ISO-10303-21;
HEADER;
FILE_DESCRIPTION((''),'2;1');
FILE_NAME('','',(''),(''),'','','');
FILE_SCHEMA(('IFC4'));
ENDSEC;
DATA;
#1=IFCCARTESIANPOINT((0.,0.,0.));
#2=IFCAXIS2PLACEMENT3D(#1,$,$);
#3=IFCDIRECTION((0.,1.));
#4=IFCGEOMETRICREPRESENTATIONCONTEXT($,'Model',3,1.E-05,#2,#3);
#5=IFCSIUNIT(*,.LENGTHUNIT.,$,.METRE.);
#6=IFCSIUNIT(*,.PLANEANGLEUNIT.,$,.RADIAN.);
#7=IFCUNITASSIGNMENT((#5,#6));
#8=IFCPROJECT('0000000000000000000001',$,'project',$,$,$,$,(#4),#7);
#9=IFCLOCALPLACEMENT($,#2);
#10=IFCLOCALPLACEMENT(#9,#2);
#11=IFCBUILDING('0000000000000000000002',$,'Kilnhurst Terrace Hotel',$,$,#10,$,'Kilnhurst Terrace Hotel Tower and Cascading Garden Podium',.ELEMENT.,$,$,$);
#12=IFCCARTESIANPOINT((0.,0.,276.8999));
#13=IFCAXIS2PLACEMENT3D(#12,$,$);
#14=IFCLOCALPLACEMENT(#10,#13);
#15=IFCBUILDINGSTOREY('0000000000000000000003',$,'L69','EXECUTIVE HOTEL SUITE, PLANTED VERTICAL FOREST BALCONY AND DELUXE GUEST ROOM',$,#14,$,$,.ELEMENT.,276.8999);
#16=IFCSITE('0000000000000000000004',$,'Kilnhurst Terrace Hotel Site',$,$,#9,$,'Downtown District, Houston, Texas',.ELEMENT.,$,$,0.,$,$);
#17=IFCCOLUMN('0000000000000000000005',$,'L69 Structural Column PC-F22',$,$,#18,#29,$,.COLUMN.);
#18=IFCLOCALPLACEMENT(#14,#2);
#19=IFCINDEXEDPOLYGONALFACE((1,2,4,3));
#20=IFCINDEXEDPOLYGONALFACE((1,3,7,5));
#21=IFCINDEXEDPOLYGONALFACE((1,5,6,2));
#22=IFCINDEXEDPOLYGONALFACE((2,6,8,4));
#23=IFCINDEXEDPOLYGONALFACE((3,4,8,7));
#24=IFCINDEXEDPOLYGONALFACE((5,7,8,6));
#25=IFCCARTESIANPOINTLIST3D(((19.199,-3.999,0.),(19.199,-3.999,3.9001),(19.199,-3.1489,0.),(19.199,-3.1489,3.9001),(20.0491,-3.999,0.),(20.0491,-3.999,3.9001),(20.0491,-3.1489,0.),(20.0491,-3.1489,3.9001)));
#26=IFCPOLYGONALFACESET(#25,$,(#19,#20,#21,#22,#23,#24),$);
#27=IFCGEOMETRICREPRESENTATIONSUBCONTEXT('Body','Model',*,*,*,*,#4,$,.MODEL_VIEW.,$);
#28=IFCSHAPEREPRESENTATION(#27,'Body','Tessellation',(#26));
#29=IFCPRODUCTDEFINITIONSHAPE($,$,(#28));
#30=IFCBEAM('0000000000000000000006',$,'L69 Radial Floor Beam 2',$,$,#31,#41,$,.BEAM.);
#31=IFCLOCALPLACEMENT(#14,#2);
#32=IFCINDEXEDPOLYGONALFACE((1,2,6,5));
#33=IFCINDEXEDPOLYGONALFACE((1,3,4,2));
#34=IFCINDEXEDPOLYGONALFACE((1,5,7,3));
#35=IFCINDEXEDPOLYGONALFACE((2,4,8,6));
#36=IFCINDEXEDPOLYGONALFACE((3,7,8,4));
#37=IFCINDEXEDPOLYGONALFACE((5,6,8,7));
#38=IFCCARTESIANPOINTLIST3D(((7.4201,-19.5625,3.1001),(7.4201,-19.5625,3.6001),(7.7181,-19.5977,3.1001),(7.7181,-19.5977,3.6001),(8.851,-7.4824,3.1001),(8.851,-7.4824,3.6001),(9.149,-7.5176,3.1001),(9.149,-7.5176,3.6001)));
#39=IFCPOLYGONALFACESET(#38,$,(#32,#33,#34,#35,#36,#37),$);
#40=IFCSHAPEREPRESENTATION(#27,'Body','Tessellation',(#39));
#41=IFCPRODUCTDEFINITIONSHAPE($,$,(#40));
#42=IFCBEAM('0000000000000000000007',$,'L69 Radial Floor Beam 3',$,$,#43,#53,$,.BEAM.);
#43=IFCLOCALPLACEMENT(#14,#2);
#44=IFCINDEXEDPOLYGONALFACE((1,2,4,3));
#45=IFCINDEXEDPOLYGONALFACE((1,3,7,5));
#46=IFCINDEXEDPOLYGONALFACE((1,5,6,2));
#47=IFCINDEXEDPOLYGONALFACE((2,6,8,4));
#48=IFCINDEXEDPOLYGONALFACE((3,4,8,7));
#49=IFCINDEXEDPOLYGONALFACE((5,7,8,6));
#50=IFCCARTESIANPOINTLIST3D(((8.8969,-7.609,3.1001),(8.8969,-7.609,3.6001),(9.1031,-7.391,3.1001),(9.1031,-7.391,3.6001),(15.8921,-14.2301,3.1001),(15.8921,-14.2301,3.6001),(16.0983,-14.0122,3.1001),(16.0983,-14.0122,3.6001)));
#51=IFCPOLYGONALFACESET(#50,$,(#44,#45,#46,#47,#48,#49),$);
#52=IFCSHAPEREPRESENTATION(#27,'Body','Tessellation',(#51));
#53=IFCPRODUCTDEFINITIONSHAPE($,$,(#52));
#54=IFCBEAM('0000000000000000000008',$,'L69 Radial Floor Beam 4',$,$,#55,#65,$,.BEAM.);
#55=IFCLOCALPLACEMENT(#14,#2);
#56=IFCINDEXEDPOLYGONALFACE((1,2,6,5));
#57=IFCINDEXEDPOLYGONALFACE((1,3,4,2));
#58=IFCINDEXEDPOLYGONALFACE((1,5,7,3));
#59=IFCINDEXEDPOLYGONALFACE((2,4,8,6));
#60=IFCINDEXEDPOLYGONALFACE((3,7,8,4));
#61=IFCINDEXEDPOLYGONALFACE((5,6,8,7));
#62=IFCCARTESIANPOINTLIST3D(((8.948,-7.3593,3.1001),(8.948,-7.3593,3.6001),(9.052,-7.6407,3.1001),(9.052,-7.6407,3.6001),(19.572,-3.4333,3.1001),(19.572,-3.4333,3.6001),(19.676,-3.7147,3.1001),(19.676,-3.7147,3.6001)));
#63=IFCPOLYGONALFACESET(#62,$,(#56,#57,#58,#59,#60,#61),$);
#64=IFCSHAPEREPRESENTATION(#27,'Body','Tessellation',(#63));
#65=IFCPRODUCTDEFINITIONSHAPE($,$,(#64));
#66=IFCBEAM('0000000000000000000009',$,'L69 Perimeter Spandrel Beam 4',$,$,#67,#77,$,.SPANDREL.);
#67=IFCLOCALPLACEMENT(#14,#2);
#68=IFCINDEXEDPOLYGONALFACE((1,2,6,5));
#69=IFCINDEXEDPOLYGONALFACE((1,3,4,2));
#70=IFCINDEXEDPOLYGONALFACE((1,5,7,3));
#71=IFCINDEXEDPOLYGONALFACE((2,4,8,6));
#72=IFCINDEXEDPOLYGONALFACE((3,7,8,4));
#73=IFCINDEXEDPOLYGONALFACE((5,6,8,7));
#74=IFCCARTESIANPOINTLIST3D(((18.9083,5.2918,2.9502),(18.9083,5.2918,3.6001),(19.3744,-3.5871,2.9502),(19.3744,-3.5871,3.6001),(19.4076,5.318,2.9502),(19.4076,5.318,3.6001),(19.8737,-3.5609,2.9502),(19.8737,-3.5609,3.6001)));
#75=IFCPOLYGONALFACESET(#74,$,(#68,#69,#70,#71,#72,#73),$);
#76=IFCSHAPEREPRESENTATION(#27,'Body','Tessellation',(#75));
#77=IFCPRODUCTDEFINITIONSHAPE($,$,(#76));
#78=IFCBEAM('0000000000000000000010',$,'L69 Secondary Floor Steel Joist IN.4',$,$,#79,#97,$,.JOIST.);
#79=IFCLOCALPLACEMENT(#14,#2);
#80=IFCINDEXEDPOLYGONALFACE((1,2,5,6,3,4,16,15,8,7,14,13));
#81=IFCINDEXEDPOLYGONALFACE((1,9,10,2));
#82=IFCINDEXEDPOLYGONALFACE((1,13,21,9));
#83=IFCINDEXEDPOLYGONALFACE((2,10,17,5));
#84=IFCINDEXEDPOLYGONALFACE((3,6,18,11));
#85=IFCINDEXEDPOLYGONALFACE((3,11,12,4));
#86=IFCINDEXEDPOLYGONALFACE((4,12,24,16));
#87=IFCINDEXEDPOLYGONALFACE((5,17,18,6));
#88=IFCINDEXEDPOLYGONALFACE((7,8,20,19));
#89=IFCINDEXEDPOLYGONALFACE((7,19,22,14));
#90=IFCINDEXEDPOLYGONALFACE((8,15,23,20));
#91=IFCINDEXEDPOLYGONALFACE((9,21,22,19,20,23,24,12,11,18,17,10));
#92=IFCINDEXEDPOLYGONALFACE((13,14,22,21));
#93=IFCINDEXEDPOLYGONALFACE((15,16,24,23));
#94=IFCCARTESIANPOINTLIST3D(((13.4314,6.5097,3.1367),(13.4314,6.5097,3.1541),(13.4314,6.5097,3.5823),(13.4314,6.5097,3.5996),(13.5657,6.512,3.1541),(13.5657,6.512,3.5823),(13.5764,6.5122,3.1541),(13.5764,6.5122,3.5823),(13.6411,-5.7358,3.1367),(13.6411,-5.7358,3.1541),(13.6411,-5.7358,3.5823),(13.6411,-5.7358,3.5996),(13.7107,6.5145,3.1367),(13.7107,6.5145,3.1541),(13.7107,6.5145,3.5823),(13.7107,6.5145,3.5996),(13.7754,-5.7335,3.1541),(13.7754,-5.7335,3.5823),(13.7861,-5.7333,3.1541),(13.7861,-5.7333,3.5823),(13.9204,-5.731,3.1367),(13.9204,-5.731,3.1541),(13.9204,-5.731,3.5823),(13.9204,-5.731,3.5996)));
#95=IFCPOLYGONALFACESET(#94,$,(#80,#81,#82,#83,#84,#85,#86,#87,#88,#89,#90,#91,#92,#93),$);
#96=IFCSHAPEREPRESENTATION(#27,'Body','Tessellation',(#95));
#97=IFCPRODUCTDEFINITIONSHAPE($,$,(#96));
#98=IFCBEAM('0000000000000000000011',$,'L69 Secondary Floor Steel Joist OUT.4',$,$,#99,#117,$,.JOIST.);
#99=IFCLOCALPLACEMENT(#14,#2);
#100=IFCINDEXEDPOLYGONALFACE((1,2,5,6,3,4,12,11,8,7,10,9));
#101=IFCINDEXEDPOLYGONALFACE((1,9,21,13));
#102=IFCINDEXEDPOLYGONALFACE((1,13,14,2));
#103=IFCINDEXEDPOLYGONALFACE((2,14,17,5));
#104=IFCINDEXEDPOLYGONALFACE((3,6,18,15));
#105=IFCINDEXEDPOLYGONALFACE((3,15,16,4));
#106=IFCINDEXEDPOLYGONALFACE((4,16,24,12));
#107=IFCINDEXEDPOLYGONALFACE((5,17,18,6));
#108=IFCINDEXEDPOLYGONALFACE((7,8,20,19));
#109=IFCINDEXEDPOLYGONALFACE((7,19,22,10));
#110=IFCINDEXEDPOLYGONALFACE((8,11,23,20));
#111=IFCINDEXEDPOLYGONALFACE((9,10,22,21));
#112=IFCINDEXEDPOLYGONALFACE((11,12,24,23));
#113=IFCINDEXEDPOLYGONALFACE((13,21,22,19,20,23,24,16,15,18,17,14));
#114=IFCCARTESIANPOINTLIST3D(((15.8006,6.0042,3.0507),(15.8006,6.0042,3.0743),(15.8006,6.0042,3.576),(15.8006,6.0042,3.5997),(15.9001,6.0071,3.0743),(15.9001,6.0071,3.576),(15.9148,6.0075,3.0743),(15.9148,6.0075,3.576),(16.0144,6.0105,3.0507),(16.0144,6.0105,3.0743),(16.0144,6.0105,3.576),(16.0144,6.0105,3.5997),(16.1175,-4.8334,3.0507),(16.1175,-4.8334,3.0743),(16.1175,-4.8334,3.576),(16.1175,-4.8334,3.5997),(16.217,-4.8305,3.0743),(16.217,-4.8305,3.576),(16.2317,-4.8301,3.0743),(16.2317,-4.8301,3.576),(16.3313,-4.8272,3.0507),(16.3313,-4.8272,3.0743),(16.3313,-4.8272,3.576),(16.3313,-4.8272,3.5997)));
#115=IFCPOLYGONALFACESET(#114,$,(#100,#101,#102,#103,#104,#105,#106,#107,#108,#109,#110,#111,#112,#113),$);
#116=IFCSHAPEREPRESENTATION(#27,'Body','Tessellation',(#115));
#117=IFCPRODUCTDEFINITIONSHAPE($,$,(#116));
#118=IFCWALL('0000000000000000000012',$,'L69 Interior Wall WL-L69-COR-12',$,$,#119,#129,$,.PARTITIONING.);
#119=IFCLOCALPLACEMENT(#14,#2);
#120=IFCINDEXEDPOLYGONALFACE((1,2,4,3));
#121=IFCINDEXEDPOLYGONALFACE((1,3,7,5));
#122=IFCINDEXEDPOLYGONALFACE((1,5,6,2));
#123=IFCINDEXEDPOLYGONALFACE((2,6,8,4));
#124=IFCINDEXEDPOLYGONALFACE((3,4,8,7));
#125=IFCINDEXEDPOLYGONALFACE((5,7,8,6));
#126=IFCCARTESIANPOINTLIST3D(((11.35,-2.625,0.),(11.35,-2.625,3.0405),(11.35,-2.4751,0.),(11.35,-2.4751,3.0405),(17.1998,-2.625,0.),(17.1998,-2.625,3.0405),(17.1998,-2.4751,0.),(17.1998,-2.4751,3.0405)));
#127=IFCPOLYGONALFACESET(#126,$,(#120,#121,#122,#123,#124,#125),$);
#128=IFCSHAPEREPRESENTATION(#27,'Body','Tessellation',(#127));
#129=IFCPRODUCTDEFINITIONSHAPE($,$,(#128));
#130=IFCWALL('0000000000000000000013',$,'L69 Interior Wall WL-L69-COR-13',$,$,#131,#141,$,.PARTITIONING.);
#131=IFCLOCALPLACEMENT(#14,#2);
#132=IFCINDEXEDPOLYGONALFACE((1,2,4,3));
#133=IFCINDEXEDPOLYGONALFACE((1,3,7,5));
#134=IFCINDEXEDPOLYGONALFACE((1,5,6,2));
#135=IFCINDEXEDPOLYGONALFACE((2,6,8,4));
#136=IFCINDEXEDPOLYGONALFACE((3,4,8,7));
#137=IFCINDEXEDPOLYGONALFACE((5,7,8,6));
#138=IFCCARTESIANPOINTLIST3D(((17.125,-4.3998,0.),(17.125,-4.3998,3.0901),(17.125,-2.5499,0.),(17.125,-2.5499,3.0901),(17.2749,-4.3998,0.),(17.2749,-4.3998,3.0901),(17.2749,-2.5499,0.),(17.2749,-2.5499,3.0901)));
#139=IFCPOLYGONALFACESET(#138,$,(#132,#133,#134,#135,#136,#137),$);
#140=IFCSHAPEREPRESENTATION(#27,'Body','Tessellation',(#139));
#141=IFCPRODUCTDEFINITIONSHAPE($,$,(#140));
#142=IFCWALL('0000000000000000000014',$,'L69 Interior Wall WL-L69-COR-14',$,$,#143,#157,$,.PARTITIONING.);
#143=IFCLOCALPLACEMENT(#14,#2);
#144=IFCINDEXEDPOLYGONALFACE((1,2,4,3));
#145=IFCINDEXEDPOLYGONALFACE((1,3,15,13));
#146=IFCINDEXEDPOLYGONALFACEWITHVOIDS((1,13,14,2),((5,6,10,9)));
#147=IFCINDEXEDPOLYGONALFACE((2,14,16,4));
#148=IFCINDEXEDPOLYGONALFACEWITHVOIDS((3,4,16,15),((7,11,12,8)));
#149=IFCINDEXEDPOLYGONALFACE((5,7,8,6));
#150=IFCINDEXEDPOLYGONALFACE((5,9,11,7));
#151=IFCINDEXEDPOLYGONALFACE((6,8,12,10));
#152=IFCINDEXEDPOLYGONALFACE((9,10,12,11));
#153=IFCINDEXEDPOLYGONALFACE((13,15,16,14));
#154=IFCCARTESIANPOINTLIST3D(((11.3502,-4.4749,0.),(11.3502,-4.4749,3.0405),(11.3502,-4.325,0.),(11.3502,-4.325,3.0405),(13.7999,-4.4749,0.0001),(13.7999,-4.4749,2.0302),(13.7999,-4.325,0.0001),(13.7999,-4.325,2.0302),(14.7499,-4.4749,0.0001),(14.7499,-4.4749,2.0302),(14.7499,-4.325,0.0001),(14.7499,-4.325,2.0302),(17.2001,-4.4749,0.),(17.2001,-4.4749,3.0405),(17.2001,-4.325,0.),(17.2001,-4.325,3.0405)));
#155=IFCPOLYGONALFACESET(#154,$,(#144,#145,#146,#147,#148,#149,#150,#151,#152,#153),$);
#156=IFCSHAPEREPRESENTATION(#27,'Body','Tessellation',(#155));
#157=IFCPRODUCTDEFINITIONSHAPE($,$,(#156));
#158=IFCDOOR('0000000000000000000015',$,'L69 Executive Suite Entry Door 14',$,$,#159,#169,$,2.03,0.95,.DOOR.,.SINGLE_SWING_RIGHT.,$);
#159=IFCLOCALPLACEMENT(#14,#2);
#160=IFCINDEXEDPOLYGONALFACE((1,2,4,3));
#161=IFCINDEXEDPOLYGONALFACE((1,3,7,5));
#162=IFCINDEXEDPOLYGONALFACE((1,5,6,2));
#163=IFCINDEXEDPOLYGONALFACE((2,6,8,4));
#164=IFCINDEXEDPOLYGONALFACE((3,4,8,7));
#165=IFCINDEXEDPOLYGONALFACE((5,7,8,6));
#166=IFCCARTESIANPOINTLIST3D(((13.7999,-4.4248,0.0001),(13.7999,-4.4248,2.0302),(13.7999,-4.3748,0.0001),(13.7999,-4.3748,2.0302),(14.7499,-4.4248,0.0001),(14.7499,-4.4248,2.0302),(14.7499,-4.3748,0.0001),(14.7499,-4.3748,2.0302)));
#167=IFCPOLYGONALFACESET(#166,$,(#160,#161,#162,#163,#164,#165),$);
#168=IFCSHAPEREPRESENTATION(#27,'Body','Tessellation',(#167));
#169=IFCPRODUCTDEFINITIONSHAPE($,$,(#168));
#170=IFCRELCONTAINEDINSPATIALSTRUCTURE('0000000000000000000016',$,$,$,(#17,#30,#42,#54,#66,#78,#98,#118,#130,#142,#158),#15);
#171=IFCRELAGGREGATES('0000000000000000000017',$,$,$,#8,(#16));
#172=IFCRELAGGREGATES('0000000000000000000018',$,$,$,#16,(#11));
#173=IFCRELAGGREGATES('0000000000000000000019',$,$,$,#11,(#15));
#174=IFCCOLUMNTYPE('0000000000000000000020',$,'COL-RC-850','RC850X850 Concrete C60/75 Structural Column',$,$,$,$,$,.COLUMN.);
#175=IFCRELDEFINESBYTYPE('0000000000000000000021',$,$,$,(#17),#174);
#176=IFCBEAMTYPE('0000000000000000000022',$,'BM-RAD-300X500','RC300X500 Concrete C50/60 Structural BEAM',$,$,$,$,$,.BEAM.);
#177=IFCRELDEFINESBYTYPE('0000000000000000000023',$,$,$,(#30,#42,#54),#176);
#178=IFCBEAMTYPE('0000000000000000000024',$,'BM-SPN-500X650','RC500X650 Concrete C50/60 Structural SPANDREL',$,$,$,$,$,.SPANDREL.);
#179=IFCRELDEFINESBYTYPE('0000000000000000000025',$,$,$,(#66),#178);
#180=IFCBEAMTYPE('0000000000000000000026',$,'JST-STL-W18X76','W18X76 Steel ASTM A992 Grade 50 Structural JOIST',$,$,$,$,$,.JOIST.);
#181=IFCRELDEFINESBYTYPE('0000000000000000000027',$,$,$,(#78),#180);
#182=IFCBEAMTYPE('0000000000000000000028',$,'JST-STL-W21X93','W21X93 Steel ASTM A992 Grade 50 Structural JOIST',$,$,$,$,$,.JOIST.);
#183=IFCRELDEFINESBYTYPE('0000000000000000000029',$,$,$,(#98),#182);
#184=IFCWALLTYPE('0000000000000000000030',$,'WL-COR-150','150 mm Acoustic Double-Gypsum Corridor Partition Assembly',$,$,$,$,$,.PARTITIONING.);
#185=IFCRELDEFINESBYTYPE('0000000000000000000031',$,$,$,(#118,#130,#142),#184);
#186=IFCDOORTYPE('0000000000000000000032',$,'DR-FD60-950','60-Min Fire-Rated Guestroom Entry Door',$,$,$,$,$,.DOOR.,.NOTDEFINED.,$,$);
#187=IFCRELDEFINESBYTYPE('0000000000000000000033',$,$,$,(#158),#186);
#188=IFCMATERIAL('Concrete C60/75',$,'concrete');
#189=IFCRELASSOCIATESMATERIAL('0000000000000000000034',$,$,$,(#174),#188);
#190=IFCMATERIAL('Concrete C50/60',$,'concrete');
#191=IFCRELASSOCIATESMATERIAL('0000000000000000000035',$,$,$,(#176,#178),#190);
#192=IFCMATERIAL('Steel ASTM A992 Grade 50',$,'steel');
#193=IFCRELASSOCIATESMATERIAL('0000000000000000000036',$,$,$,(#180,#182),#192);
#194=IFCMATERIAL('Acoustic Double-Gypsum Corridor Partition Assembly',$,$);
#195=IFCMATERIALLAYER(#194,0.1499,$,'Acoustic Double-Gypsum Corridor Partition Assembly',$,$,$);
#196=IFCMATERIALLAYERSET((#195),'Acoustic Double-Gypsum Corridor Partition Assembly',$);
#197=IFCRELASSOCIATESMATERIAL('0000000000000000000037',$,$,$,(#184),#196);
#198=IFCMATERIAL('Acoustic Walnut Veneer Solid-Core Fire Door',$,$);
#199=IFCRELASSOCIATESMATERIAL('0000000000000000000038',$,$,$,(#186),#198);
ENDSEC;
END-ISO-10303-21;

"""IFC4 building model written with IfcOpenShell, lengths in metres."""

from ifc_helpers import new_model, si_unit, direction, frame, frame_2d, origin, origin_2d, place, context, subcontext, project, spatial, rectangle, i_section, extrude, material, layer, layer_set, material_profile, profile_set, type_object, element, fill, save


model = new_model("IFC4")

# Units and contexts
model_context = context("Model", 3, precision=1e-05, world=origin(), true_north=direction((0.0, 1.0)))
body_context = subcontext(model_context, "Body", "Model", "MODEL_VIEW")
ifc_project = project(units=[si_unit("LENGTHUNIT", "METRE"), si_unit("PLANEANGLEUNIT", "RADIAN")], contexts=[model_context])

# Site, building, storey
site_placement = place(None, origin())
site = spatial("IfcSite", under=ifc_project, at=site_placement, Name="Kilnhurst Terrace Hotel Site", LongName="Downtown District, Houston, Texas", CompositionType="ELEMENT", RefElevation=0.0)
building_placement = place(site_placement, origin())
building = spatial("IfcBuilding", under=site, at=building_placement, Name="Kilnhurst Terrace Hotel", LongName="Kilnhurst Terrace Hotel Tower and Cascading Garden Podium", CompositionType="ELEMENT")
storey_placement = place(building_placement, frame((0.0, 0.0, 276.8999)))
storey = spatial("IfcBuildingStorey", under=building, at=storey_placement, Name="L69", Description="EXECUTIVE HOTEL SUITE, PLANTED VERTICAL FOREST BALCONY AND DELUXE GUEST ROOM", CompositionType="ELEMENT", Elevation=276.8999)

# Column
ifc_material_1 = material(Name="Concrete C60/75", Category="concrete")
ifc_material_profile_1 = material_profile(ifc_material_1, rectangle(XDim=0.8501, YDim=0.8501, at=origin_2d()), Name="RC850X850")
ifc_profile_set_1 = profile_set([ifc_material_profile_1], Name="Concrete C60/75")
column_type = type_object("IfcColumnType", Name="COL-RC-850", Description="RC850X850 Concrete C60/75 Structural Column", PredefinedType="COLUMN", material=ifc_profile_set_1)
column_placement = place(storey_placement, frame((19.624, -3.574, 0.0), z_axis=(0.0, 0.0, 1.0), x_axis=(1.0, 0.0, 0.0)))
element("IfcColumn", 1, at=column_placement, inside=storey, type_object=column_type, Name="L69 Structural Column PC-F22", PredefinedType="COLUMN", context=body_context, shape_type="SweptSolid", body=[
    extrude(rectangle(XDim=0.8501, YDim=0.8501, at=origin_2d()), origin(), (0.0, 0.0, 1.0), 3.9001),
])

# Beams
ifc_material_2 = material(Name="Concrete C50/60", Category="concrete")
ifc_material_profile_2 = material_profile(ifc_material_2, rectangle(XDim=0.3, YDim=0.5, at=origin_2d()), Name="RC300X500")
ifc_profile_set_2 = profile_set([ifc_material_profile_2], Name="Concrete C50/60")
beam_type_1 = type_object("IfcBeamType", Name="BM-RAD-300X500", Description="RC300X500 Concrete C50/60 Structural BEAM", PredefinedType="BEAM", material=ifc_profile_set_2)
beam_1_placement = place(storey_placement, frame((9.0, -7.5, 3.3501), z_axis=(-0.11763, -0.993058, 0.0), x_axis=(0.993058, -0.11763, 0.0)))
element("IfcBeam", 2, at=beam_1_placement, inside=storey, type_object=beam_type_1, Name="L69 Radial Floor Beam 2", PredefinedType="BEAM", context=body_context, shape_type="SweptSolid", body=[
    extrude(rectangle(XDim=0.3, YDim=0.5, at=origin_2d()), origin(), (0.0, 0.0, 1.0), 12.1646),
])
beam_2_placement = place(storey_placement, frame((9.0, -7.5, 3.3501), z_axis=(0.726256, -0.687424, 0.0), x_axis=(0.687424, 0.726256, 0.0)))
element("IfcBeam", 3, at=beam_2_placement, inside=storey, type_object=beam_type_1, Name="L69 Radial Floor Beam 3", PredefinedType="BEAM", context=body_context, shape_type="SweptSolid", body=[
    extrude(rectangle(XDim=0.3, YDim=0.5, at=origin_2d()), origin(), (0.0, 0.0, 1.0), 9.6318),
])
beam_3_placement = place(storey_placement, frame((9.0, -7.5, 3.3501), z_axis=(0.938002, 0.346631, 0.0), x_axis=(-0.346631, 0.938002, 0.0)))
element("IfcBeam", 4, at=beam_3_placement, inside=storey, type_object=beam_type_1, Name="L69 Radial Floor Beam 4", PredefinedType="BEAM", context=body_context, shape_type="SweptSolid", body=[
    extrude(rectangle(XDim=0.3, YDim=0.5, at=origin_2d()), origin(), (0.0, 0.0, 1.0), 11.3262),
])
ifc_material_profile_3 = material_profile(ifc_material_2, rectangle(XDim=0.5, YDim=0.6499, at=origin_2d()), Name="RC500X650")
ifc_profile_set_3 = profile_set([ifc_material_profile_3], Name="Concrete C50/60")
beam_type_2 = type_object("IfcBeamType", Name="BM-SPN-500X650", Description="RC500X650 Concrete C50/60 Structural SPANDREL", PredefinedType="SPANDREL", material=ifc_profile_set_3)
beam_4_placement = place(storey_placement, frame((19.624, -3.574, 3.2751), z_axis=(-0.052419, 0.998625, 0.0), x_axis=(-0.998625, -0.052419, 0.0)))
element("IfcBeam", 5, at=beam_4_placement, inside=storey, type_object=beam_type_2, Name="L69 Perimeter Spandrel Beam 4", PredefinedType="SPANDREL", context=body_context, shape_type="SweptSolid", body=[
    extrude(rectangle(XDim=0.5, YDim=0.6499, at=origin_2d()), origin(), (0.0, 0.0, 1.0), 8.8911),
])
ifc_material_3 = material(Name="Steel ASTM A992 Grade 50", Category="steel")
ifc_material_profile_4 = material_profile(ifc_material_3, i_section(OverallWidth=0.2793, OverallDepth=0.4629, WebThickness=0.0107, FlangeThickness=0.0173, at=origin_2d()), Name="W18X76")
ifc_profile_set_4 = profile_set([ifc_material_profile_4], Name="Steel ASTM A992 Grade 50")
beam_type_3 = type_object("IfcBeamType", Name="JST-STL-W18X76", Description="W18X76 Steel ASTM A992 Grade 50 Structural JOIST", PredefinedType="JOIST", material=ifc_profile_set_4)
beam_5_placement = place(storey_placement, frame((13.7808, -5.7334, 3.3682), z_axis=(-0.017123, 0.999853, 0.0), x_axis=(-0.999853, -0.017123, 0.0)))
element("IfcBeam", 6, at=beam_5_placement, inside=storey, type_object=beam_type_3, Name="L69 Secondary Floor Steel Joist IN.4", PredefinedType="JOIST", context=body_context, shape_type="SweptSolid", body=[
    extrude(i_section(OverallWidth=0.2793, OverallDepth=0.4629, WebThickness=0.0107, FlangeThickness=0.0173, at=origin_2d()), origin(), (0.0, 0.0, 1.0), 12.2473),
])
ifc_material_profile_5 = material_profile(ifc_material_3, i_section(OverallWidth=0.2139, OverallDepth=0.5491, WebThickness=0.0146, FlangeThickness=0.0237, at=origin_2d()), Name="W21X93")
ifc_profile_set_5 = profile_set([ifc_material_profile_5], Name="Steel ASTM A992 Grade 50")
beam_type_4 = type_object("IfcBeamType", Name="JST-STL-W21X93", Description="W21X93 Steel ASTM A992 Grade 50 Structural JOIST", PredefinedType="JOIST", material=ifc_profile_set_5)
beam_6_placement = place(storey_placement, frame((16.2244, -4.8303, 3.3252), z_axis=(-0.029228, 0.999573, 0.0), x_axis=(-0.999573, -0.029228, 0.0)))
element("IfcBeam", 7, at=beam_6_placement, inside=storey, type_object=beam_type_4, Name="L69 Secondary Floor Steel Joist OUT.4", PredefinedType="JOIST", context=body_context, shape_type="SweptSolid", body=[
    extrude(i_section(OverallWidth=0.2139, OverallDepth=0.5491, WebThickness=0.0146, FlangeThickness=0.0237, at=origin_2d()), origin(), (0.0, 0.0, 1.0), 10.8423),
])

# Walls
ifc_material_4 = material(Name="Acoustic Double-Gypsum Corridor Partition Assembly")
ifc_layer_1 = layer(ifc_material_4, 0.1499, Name="Acoustic Double-Gypsum Corridor Partition Assembly")
ifc_layer_set_1 = layer_set([ifc_layer_1], Name="Acoustic Double-Gypsum Corridor Partition Assembly")
wall_type_1 = type_object("IfcWallType", Name="WL-COR-150", Description="150 mm Acoustic Double-Gypsum Corridor Partition Assembly", PredefinedType="PARTITIONING", material=ifc_layer_set_1)
wall_1_placement = place(storey_placement, frame((11.3501, -2.55, 0.0), z_axis=(0.0, 0.0, 1.0), x_axis=(1.0, 0.0, 0.0)))
element("IfcWall", 8, at=wall_1_placement, inside=storey, type_object=wall_type_1, Name="L69 Interior Wall WL-L69-COR-12", PredefinedType="PARTITIONING", context=body_context, shape_type="SweptSolid", body=[
    extrude(rectangle(XDim=5.8499, YDim=0.1499, at=frame_2d((2.9248, 0.0))), origin(), (0.0, 0.0, 1.0), 3.0405),
])
wall_2_placement = place(storey_placement, frame((17.2, -2.55, 0.0), z_axis=(0.0, 0.0, 1.0), x_axis=(0.0, -1.0, 0.0)))
element("IfcWall", 9, at=wall_2_placement, inside=storey, type_object=wall_type_1, Name="L69 Interior Wall WL-L69-COR-13", PredefinedType="PARTITIONING", context=body_context, shape_type="SweptSolid", body=[
    extrude(rectangle(XDim=1.8499, YDim=0.1499, at=frame_2d((0.9248, 0.0))), origin(), (0.0, 0.0, 1.0), 3.0901),
])

# Wall, opening, door
wall_3_placement = place(storey_placement, frame((17.2, -4.3999, 0.0), z_axis=(0.0, 0.0, 1.0), x_axis=(-1.0, 0.0, 0.0)))
wall_3 = element("IfcWall", 10, at=wall_3_placement, inside=storey, type_object=wall_type_1, Name="L69 Interior Wall WL-L69-COR-14", PredefinedType="PARTITIONING", context=body_context, shape_type="SweptSolid", body=[
    extrude(rectangle(XDim=5.8499, YDim=0.1499, at=frame_2d((2.9248, 0.0))), origin(), (0.0, 0.0, 1.0), 3.0405),
])
opening_1_placement = place(wall_3_placement, frame((2.45, 0.0, 0.0)))
opening_1 = element("IfcOpeningElement", 11, at=opening_1_placement, cuts=wall_3, PredefinedType="OPENING", context=body_context, shape_type="SweptSolid", body=[
    extrude(rectangle(XDim=0.95, YDim=2.03, at=frame_2d((0.4751, 1.0151))), frame((0.0, 0.085, 0.0), z_axis=(0.0, -1.0, 0.0), x_axis=(1.0, 0.0, 0.0)), (0.0, 0.0, 1.0), 0.1699),
])
ifc_material_5 = material(Name="Acoustic Walnut Veneer Solid-Core Fire Door")
door_type_1 = type_object("IfcDoorType", Name="DR-FD60-950", Description="60-Min Fire-Rated Guestroom Entry Door", OperationType="NOTDEFINED", PredefinedType="DOOR", material=ifc_material_5)
door_1_placement = place(opening_1_placement, origin())
door_1 = element("IfcDoor", 12, at=door_1_placement, inside=storey, type_object=door_type_1, Name="L69 Executive Suite Entry Door 14", OperationType="SINGLE_SWING_RIGHT", OverallHeight=2.03, OverallWidth=0.95, PredefinedType="DOOR", context=body_context, shape_type="SweptSolid", body=[
    extrude(rectangle(XDim=0.95, YDim=2.03, at=frame_2d((0.4751, 1.0151))), frame((0.0, 0.0249, 0.0), z_axis=(0.0, -1.0, 0.0), x_axis=(1.0, 0.0, 0.0)), (0.0, 0.0, 1.0), 0.05),
])
fill(opening_1, door_1)

save(model, "model.ifc")
